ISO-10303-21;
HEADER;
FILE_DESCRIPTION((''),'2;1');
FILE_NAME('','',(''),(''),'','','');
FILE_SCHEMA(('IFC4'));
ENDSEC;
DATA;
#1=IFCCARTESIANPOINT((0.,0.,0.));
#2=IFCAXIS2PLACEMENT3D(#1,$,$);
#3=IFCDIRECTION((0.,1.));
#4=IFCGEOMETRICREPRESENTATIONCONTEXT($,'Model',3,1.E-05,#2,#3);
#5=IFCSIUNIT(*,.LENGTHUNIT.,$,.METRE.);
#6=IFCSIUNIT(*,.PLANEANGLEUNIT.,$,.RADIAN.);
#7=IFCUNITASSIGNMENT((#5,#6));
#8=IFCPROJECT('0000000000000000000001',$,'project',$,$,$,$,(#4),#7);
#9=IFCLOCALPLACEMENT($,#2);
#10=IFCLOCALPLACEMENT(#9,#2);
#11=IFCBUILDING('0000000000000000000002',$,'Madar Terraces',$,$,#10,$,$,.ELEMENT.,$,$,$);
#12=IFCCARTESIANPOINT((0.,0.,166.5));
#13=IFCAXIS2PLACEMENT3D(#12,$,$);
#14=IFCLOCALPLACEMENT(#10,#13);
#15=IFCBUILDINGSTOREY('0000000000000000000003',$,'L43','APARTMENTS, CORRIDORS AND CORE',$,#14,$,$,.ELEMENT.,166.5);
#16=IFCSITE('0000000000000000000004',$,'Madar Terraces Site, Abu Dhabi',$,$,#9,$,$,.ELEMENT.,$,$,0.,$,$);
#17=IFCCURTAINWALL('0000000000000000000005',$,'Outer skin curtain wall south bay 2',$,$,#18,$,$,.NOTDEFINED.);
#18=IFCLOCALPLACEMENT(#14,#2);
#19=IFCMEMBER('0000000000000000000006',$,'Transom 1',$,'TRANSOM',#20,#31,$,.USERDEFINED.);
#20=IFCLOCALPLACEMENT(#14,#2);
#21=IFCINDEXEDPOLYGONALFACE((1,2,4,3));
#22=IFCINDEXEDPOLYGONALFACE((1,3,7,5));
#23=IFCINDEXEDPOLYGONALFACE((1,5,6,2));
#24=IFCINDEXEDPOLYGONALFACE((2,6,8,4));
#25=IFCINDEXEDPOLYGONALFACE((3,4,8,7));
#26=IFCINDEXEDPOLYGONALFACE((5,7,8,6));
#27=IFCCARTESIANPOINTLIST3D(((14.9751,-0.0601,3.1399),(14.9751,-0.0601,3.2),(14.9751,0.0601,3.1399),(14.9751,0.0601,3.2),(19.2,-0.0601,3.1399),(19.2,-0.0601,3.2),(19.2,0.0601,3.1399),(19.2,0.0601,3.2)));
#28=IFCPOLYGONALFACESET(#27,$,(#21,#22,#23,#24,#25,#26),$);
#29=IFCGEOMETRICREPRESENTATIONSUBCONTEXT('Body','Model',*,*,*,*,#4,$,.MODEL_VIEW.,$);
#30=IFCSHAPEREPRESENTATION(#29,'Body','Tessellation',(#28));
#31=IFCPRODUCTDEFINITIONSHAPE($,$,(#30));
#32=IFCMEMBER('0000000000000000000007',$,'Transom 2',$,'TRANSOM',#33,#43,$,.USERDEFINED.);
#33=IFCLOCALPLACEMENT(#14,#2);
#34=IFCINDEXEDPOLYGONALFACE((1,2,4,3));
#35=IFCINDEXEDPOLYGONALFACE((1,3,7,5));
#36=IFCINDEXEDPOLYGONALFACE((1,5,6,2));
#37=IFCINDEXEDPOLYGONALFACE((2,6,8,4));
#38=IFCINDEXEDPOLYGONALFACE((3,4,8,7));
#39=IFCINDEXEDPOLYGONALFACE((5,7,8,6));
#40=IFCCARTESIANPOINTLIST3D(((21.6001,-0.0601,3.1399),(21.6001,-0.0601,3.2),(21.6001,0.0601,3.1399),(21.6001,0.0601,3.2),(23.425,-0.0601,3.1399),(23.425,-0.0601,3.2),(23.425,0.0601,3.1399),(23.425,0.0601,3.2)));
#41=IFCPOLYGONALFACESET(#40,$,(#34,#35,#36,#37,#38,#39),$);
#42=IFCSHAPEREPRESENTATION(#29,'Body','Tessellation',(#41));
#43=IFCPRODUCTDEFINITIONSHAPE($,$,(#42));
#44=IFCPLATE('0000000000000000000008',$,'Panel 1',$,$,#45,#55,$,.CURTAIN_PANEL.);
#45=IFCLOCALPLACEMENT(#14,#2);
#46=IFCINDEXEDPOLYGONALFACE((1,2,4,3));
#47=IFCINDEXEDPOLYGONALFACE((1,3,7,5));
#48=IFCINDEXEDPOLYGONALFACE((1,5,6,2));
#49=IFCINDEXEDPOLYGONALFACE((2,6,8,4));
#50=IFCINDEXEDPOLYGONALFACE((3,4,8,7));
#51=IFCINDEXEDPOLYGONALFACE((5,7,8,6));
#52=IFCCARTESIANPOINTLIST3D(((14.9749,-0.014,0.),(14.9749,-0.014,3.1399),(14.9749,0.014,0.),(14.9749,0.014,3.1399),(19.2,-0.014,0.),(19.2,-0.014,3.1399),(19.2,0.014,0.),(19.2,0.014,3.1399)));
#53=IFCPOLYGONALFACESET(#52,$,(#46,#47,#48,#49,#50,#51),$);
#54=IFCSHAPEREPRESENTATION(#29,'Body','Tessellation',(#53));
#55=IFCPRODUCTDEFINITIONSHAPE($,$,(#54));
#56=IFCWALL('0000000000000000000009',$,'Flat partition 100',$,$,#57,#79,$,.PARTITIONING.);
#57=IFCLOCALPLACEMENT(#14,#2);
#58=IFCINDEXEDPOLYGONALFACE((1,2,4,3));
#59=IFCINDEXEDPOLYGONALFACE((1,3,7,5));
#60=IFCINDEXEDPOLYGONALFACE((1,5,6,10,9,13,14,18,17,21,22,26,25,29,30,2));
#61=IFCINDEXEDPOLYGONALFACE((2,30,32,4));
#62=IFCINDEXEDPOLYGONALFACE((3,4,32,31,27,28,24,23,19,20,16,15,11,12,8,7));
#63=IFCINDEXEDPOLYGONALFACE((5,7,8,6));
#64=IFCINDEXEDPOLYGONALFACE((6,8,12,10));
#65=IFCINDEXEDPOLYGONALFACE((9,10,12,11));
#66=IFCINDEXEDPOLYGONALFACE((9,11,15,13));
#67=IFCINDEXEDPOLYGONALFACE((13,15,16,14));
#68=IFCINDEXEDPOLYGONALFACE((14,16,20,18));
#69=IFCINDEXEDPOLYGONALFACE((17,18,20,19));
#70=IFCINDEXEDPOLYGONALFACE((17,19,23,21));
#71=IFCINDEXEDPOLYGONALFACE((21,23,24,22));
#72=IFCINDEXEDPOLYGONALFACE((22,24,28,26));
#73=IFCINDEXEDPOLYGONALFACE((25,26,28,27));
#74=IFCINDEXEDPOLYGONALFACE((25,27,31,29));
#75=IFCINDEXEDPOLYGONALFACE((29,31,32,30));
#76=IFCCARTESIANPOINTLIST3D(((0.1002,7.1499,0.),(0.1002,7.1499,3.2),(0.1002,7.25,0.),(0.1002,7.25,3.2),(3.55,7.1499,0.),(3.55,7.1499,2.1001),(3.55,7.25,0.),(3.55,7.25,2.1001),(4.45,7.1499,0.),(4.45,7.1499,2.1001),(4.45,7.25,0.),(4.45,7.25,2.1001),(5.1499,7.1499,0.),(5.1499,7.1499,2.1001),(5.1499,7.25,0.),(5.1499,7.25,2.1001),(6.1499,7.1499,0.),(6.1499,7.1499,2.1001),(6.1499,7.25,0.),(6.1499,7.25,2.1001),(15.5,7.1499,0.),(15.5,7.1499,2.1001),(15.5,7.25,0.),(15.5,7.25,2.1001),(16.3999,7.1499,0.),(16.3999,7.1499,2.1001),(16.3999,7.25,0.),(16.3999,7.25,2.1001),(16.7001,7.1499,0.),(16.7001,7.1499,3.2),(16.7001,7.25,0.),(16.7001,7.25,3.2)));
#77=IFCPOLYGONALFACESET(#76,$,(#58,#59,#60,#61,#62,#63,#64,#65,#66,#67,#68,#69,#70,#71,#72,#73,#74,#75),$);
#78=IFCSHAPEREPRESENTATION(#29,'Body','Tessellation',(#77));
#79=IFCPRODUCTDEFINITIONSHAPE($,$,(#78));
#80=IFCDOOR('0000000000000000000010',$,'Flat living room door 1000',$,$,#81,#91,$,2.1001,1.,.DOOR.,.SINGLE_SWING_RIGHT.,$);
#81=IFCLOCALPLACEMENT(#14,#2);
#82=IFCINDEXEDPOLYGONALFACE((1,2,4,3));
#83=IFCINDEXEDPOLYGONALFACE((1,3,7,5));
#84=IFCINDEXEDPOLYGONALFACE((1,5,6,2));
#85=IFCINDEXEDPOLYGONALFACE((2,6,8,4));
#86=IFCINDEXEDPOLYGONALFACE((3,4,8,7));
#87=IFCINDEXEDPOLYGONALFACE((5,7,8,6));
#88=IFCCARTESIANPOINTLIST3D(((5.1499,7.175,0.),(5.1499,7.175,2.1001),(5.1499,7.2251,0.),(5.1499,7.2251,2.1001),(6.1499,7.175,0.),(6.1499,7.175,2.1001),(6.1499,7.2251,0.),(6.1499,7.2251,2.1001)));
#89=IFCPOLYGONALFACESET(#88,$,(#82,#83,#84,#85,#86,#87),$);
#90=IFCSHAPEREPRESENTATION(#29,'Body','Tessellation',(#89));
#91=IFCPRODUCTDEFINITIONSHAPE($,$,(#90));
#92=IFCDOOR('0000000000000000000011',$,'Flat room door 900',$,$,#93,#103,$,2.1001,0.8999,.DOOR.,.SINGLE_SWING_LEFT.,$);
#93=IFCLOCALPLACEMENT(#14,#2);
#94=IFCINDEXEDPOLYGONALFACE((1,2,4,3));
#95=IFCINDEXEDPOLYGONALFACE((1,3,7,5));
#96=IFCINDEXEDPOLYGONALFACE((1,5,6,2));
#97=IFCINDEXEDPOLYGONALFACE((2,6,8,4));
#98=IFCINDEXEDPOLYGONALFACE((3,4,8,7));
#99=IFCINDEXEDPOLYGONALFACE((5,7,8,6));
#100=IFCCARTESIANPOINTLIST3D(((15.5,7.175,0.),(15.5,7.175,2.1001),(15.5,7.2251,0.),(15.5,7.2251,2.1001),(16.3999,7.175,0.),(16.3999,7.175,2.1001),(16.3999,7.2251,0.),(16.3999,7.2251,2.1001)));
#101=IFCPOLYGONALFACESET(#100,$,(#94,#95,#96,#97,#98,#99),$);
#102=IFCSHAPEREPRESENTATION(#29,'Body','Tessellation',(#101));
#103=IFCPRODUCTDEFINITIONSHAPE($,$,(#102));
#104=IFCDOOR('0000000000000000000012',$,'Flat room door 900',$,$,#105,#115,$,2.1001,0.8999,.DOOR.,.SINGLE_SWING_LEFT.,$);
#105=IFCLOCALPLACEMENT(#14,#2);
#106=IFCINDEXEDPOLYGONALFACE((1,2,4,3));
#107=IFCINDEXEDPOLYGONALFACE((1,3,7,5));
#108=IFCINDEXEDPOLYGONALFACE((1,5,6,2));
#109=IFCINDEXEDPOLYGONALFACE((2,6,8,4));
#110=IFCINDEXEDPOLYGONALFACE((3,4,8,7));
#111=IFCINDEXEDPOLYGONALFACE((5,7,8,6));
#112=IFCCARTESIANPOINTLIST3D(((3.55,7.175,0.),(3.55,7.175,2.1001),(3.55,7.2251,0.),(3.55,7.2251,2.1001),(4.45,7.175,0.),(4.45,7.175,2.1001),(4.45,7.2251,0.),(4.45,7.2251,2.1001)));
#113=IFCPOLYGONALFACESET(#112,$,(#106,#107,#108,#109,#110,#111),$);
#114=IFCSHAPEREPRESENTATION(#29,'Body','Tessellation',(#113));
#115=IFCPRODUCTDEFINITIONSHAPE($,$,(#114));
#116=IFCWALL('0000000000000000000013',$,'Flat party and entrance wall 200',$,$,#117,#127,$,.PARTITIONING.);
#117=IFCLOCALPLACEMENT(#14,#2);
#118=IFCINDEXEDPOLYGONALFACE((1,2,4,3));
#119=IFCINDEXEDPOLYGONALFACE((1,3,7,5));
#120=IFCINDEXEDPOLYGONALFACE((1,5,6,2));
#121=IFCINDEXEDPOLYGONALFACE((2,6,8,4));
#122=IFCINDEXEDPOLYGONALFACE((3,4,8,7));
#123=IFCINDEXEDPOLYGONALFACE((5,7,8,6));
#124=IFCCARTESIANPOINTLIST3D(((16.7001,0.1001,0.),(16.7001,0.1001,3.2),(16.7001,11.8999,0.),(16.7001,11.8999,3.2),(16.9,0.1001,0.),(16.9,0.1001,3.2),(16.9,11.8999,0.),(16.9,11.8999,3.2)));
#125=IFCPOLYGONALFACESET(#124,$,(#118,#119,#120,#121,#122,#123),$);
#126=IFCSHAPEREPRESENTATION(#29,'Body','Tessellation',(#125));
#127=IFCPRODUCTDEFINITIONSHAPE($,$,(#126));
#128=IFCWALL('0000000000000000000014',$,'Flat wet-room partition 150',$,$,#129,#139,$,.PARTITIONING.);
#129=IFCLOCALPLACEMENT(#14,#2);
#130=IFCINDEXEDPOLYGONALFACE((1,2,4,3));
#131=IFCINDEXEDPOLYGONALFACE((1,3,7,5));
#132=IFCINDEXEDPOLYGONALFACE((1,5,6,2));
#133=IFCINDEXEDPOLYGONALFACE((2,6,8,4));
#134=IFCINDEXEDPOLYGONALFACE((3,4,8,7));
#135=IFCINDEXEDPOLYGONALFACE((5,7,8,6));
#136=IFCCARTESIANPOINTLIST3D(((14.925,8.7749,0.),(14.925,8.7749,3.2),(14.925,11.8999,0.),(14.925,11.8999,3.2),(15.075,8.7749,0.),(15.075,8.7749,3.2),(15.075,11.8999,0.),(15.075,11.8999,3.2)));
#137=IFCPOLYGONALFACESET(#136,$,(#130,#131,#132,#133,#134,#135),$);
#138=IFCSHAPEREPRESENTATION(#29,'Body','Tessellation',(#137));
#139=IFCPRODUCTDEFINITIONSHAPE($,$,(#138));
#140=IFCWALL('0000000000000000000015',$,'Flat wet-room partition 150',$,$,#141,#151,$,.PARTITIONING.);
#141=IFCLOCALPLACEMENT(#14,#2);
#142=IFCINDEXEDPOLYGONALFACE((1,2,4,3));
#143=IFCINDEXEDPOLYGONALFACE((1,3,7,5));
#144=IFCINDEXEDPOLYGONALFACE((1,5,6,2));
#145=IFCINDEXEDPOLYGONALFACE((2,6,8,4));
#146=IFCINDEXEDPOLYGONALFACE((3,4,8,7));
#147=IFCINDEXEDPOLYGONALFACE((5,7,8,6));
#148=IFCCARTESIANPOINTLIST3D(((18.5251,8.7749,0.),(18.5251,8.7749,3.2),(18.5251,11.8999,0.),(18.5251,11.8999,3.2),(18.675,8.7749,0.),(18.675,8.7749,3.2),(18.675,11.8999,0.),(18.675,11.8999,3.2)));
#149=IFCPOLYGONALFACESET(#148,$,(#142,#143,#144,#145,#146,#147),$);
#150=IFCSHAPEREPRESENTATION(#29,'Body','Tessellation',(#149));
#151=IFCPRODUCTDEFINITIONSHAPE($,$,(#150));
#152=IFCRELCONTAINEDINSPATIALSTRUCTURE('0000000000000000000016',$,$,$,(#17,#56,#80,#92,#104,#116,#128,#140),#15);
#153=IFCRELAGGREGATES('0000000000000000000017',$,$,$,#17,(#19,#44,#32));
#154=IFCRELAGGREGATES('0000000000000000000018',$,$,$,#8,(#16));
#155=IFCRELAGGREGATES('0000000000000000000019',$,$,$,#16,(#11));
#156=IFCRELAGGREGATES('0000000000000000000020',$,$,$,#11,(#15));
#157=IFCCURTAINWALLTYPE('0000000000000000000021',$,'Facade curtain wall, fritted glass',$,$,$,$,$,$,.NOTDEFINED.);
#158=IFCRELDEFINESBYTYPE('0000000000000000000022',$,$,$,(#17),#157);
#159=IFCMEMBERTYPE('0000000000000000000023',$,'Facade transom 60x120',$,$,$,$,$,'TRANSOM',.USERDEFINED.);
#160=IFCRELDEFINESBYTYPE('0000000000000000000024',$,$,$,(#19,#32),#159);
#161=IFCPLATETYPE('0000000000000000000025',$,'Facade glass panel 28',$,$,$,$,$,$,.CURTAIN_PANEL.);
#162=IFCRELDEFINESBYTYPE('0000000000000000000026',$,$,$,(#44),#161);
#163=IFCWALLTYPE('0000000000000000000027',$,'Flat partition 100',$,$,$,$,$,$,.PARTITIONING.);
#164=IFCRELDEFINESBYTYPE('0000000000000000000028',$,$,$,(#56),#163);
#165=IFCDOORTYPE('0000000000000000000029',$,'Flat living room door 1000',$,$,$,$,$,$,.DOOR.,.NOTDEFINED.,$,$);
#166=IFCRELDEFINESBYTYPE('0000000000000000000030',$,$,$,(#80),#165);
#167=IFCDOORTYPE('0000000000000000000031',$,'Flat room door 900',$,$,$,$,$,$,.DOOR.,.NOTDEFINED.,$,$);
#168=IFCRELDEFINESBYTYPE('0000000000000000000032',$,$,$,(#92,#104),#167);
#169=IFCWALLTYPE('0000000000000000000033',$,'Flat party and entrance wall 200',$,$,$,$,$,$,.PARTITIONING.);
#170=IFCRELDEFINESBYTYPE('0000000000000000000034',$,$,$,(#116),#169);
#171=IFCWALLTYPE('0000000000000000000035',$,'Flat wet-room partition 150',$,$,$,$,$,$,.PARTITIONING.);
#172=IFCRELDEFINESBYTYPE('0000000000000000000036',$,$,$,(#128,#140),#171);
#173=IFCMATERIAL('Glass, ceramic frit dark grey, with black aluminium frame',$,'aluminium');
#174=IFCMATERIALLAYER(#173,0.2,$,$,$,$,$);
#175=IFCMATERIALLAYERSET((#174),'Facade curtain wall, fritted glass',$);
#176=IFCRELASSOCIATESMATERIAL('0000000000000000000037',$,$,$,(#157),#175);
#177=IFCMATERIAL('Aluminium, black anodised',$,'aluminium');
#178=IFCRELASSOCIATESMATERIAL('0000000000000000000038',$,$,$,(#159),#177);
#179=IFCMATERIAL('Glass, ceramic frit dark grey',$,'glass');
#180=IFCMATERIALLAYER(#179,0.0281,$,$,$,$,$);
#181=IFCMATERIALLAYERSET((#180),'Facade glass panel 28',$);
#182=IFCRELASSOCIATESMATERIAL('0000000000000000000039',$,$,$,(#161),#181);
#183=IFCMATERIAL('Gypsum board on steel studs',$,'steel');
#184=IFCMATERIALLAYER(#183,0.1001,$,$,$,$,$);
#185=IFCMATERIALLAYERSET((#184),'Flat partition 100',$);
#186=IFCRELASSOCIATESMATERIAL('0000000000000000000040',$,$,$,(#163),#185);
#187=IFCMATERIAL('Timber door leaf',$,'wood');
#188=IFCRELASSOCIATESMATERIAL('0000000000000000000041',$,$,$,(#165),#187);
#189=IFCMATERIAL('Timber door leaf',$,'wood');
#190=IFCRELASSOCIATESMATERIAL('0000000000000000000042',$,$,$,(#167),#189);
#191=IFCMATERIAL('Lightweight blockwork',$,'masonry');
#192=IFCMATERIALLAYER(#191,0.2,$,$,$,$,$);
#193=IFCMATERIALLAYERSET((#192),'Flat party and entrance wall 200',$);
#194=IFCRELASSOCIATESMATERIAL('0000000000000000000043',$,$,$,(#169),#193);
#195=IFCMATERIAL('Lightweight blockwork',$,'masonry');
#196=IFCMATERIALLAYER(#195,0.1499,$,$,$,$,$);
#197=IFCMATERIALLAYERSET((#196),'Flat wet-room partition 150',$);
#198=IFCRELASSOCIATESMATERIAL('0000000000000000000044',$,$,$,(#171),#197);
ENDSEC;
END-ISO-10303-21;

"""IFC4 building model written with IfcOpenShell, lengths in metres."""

from ifc_helpers import new_model, si_unit, direction, frame, frame_2d, origin, origin_2d, place, context, subcontext, project, spatial, rectangle, extrude, material, layer, layer_set, material_profile, profile_set, type_object, element, fill, aggregate, save


model = new_model("IFC4")

# Units and contexts
model_context = context("Model", 3, precision=1e-05, world=origin(), true_north=direction((0.0, 1.0)))
body_context = subcontext(model_context, "Body", "Model", "MODEL_VIEW")
ifc_project = project(units=[si_unit("LENGTHUNIT", "METRE"), si_unit("PLANEANGLEUNIT", "RADIAN")], contexts=[model_context])

# Site, building, storey
site_placement = place(None, origin())
site = spatial("IfcSite", under=ifc_project, at=site_placement, Name="Madar Terraces Site, Abu Dhabi", CompositionType="ELEMENT", RefElevation=0.0)
building_placement = place(site_placement, origin())
building = spatial("IfcBuilding", under=site, at=building_placement, Name="Madar Terraces", CompositionType="ELEMENT")
storey_placement = place(building_placement, frame((0.0, 0.0, 166.5)))
storey = spatial("IfcBuildingStorey", under=building, at=storey_placement, Name="L43", Description="APARTMENTS, CORRIDORS AND CORE", CompositionType="ELEMENT", Elevation=166.5)

# Curtain wall, members, plate
ifc_material_1 = material(Name="Glass, ceramic frit dark grey, with black aluminium frame", Category="aluminium")
ifc_layer_1 = layer(ifc_material_1, 0.2)
ifc_layer_set_1 = layer_set([ifc_layer_1], Name="Facade curtain wall, fritted glass")
curtain_wall_type = type_object("IfcCurtainWallType", Name="Facade curtain wall, fritted glass", PredefinedType="NOTDEFINED", material=ifc_layer_set_1)
curtain_wall_placement = place(storey_placement, origin())
curtain_wall = element("IfcCurtainWall", 1, at=curtain_wall_placement, inside=storey, type_object=curtain_wall_type, Name="Outer skin curtain wall south bay 2", PredefinedType="NOTDEFINED")
ifc_material_2 = material(Name="Aluminium, black anodised", Category="aluminium")
ifc_material_profile = material_profile(ifc_material_2, rectangle(XDim=0.1201, YDim=0.0601, at=origin_2d()), Name="Facade transom 60x120")
ifc_profile_set = profile_set([ifc_material_profile], Name="Aluminium, black anodised")
member_type = type_object("IfcMemberType", Name="Facade transom 60x120", ElementType="TRANSOM", PredefinedType="USERDEFINED", material=ifc_profile_set)
member_1_placement = place(storey_placement, frame((14.9751, 0.0, 3.1699), z_axis=(1.0, 0.0, 0.0), x_axis=(0.0, 1.0, 0.0)))
member_1 = element("IfcMember", 2, at=member_1_placement, type_object=member_type, Name="Transom 1", ObjectType="TRANSOM", PredefinedType="USERDEFINED", context=body_context, shape_type="SweptSolid", body=[
    extrude(rectangle(XDim=0.1201, YDim=0.0601, at=origin_2d()), origin(), (0.0, 0.0, 1.0), 4.2249),
])
member_2_placement = place(storey_placement, frame((21.6001, 0.0, 3.1699), z_axis=(1.0, 0.0, 0.0), x_axis=(0.0, 1.0, 0.0)))
member_2 = element("IfcMember", 3, at=member_2_placement, type_object=member_type, Name="Transom 2", ObjectType="TRANSOM", PredefinedType="USERDEFINED", context=body_context, shape_type="SweptSolid", body=[
    extrude(rectangle(XDim=0.1201, YDim=0.0601, at=origin_2d()), origin(), (0.0, 0.0, 1.0), 1.825),
])
ifc_material_3 = material(Name="Glass, ceramic frit dark grey", Category="glass")
ifc_layer_2 = layer(ifc_material_3, 0.0281)
ifc_layer_set_2 = layer_set([ifc_layer_2], Name="Facade glass panel 28")
plate_type = type_object("IfcPlateType", Name="Facade glass panel 28", PredefinedType="CURTAIN_PANEL", material=ifc_layer_set_2)
plate_placement = place(storey_placement, frame((17.0874, 0.0, 0.0), z_axis=(0.0, 0.0, 1.0), x_axis=(1.0, 0.0, 0.0)))
plate = element("IfcPlate", 4, at=plate_placement, type_object=plate_type, Name="Panel 1", PredefinedType="CURTAIN_PANEL", context=body_context, shape_type="SweptSolid", body=[
    extrude(rectangle(XDim=4.2251, YDim=0.0281, at=origin_2d()), origin(), (0.0, 0.0, 1.0), 3.1399),
])
aggregate(curtain_wall, [member_1, plate, member_2])

# Wall, openings, doors
ifc_material_4 = material(Name="Gypsum board on steel studs", Category="steel")
ifc_layer_3 = layer(ifc_material_4, 0.1001)
ifc_layer_set_3 = layer_set([ifc_layer_3], Name="Flat partition 100")
wall_type_1 = type_object("IfcWallType", Name="Flat partition 100", PredefinedType="PARTITIONING", material=ifc_layer_set_3)
wall_1_placement = place(storey_placement, frame((16.7, 7.2, 0.0), z_axis=(0.0, 0.0, 1.0), x_axis=(-1.0, 0.0, 0.0)))
wall_1 = element("IfcWall", 5, at=wall_1_placement, inside=storey, type_object=wall_type_1, Name="Flat partition 100", PredefinedType="PARTITIONING", context=body_context, shape_type="SweptSolid", body=[
    extrude(rectangle(XDim=16.5999, YDim=0.1001, at=frame_2d((8.2998, 0.0))), origin(), (0.0, 0.0, 1.0), 3.2),
])
opening_1_placement = place(wall_1_placement, frame((0.3, 0.0, 0.0)))
opening_1 = element("IfcOpeningElement", 6, at=opening_1_placement, cuts=wall_1, PredefinedType="OPENING", context=body_context, shape_type="SweptSolid", body=[
    extrude(rectangle(XDim=0.8999, YDim=2.1001, at=frame_2d((0.45, 1.05))), frame((0.0, 0.0601, 0.0), z_axis=(0.0, -1.0, 0.0), x_axis=(1.0, 0.0, 0.0)), (0.0, 0.0, 1.0), 0.1201),
])
opening_2_placement = place(wall_1_placement, frame((10.55, 0.0, 0.0)))
opening_2 = element("IfcOpeningElement", 7, at=opening_2_placement, cuts=wall_1, PredefinedType="OPENING", context=body_context, shape_type="SweptSolid", body=[
    extrude(rectangle(XDim=1.0, YDim=2.1001, at=frame_2d((0.5, 1.05))), frame((0.0, 0.0601, 0.0), z_axis=(0.0, -1.0, 0.0), x_axis=(1.0, 0.0, 0.0)), (0.0, 0.0, 1.0), 0.1201),
])
opening_3_placement = place(wall_1_placement, frame((12.25, 0.0, 0.0)))
opening_3 = element("IfcOpeningElement", 8, at=opening_3_placement, cuts=wall_1, PredefinedType="OPENING", context=body_context, shape_type="SweptSolid", body=[
    extrude(rectangle(XDim=0.8999, YDim=2.1001, at=frame_2d((0.45, 1.05))), frame((0.0, 0.0601, 0.0), z_axis=(0.0, -1.0, 0.0), x_axis=(1.0, 0.0, 0.0)), (0.0, 0.0, 1.0), 0.1201),
])
ifc_material_5 = material(Name="Timber door leaf", Category="wood")
door_type_1 = type_object("IfcDoorType", Name="Flat living room door 1000", OperationType="NOTDEFINED", PredefinedType="DOOR", material=ifc_material_5)
door_1_placement = place(opening_2_placement, origin())
door_1 = element("IfcDoor", 9, at=door_1_placement, inside=storey, type_object=door_type_1, Name="Flat living room door 1000", OperationType="SINGLE_SWING_RIGHT", OverallHeight=2.1001, OverallWidth=1.0, PredefinedType="DOOR", context=body_context, shape_type="SweptSolid", body=[
    extrude(rectangle(XDim=1.0, YDim=2.1001, at=frame_2d((0.5, 1.05))), frame((0.0, 0.0249, 0.0), z_axis=(0.0, -1.0, 0.0), x_axis=(1.0, 0.0, 0.0)), (0.0, 0.0, 1.0), 0.05),
])
fill(opening_2, door_1)
ifc_material_6 = material(Name="Timber door leaf", Category="wood")
door_type_2 = type_object("IfcDoorType", Name="Flat room door 900", OperationType="NOTDEFINED", PredefinedType="DOOR", material=ifc_material_6)
door_2_placement = place(opening_1_placement, origin())
door_2 = element("IfcDoor", 10, at=door_2_placement, inside=storey, type_object=door_type_2, Name="Flat room door 900", OperationType="SINGLE_SWING_LEFT", OverallHeight=2.1001, OverallWidth=0.8999, PredefinedType="DOOR", context=body_context, shape_type="SweptSolid", body=[
    extrude(rectangle(XDim=0.8999, YDim=2.1001, at=frame_2d((0.45, 1.05))), frame((0.0, 0.0249, 0.0), z_axis=(0.0, -1.0, 0.0), x_axis=(1.0, 0.0, 0.0)), (0.0, 0.0, 1.0), 0.05),
])
fill(opening_1, door_2)
door_3_placement = place(opening_3_placement, origin())
door_3 = element("IfcDoor", 11, at=door_3_placement, inside=storey, type_object=door_type_2, Name="Flat room door 900", OperationType="SINGLE_SWING_LEFT", OverallHeight=2.1001, OverallWidth=0.8999, PredefinedType="DOOR", context=body_context, shape_type="SweptSolid", body=[
    extrude(rectangle(XDim=0.8999, YDim=2.1001, at=frame_2d((0.45, 1.05))), frame((0.0, 0.0249, 0.0), z_axis=(0.0, -1.0, 0.0), x_axis=(1.0, 0.0, 0.0)), (0.0, 0.0, 1.0), 0.05),
])
fill(opening_3, door_3)

# Walls
ifc_material_7 = material(Name="Lightweight blockwork", Category="masonry")
ifc_layer_4 = layer(ifc_material_7, 0.2)
ifc_layer_set_4 = layer_set([ifc_layer_4], Name="Flat party and entrance wall 200")
wall_type_2 = type_object("IfcWallType", Name="Flat party and entrance wall 200", PredefinedType="PARTITIONING", material=ifc_layer_set_4)
wall_2_placement = place(storey_placement, frame((16.8, 11.8999, 0.0), z_axis=(0.0, 0.0, 1.0), x_axis=(0.0, -1.0, 0.0)))
element("IfcWall", 12, at=wall_2_placement, inside=storey, type_object=wall_type_2, Name="Flat party and entrance wall 200", PredefinedType="PARTITIONING", context=body_context, shape_type="SweptSolid", body=[
    extrude(rectangle(XDim=11.7998, YDim=0.2, at=frame_2d((5.8999, 0.0))), origin(), (0.0, 0.0, 1.0), 3.2),
])
ifc_material_8 = material(Name="Lightweight blockwork", Category="masonry")
ifc_layer_5 = layer(ifc_material_8, 0.1499)
ifc_layer_set_5 = layer_set([ifc_layer_5], Name="Flat wet-room partition 150")
wall_type_3 = type_object("IfcWallType", Name="Flat wet-room partition 150", PredefinedType="PARTITIONING", material=ifc_layer_set_5)
for number, where, z_axis, x_axis, name in (
    (13, (15.0, 11.8999, 0.0), (0.0, 0.0, 1.0), (0.0, -1.0, 0.0), "Flat wet-room partition 150"),
    (14, (18.6001, 11.8999, 0.0), (0.0, 0.0, 1.0), (0.0, -1.0, 0.0), "Flat wet-room partition 150"),
):
    element("IfcWall", number, at=place(storey_placement, frame(where, z_axis=z_axis, x_axis=x_axis)), inside=storey, type_object=wall_type_3, Name=name, PredefinedType="PARTITIONING", context=body_context, shape_type="SweptSolid", body=[
        extrude(rectangle(XDim=3.125, YDim=0.1499, at=frame_2d((1.5625, 0.0))), origin(), (0.0, 0.0, 1.0), 3.2),
    ])

save(model, "model.ifc")
